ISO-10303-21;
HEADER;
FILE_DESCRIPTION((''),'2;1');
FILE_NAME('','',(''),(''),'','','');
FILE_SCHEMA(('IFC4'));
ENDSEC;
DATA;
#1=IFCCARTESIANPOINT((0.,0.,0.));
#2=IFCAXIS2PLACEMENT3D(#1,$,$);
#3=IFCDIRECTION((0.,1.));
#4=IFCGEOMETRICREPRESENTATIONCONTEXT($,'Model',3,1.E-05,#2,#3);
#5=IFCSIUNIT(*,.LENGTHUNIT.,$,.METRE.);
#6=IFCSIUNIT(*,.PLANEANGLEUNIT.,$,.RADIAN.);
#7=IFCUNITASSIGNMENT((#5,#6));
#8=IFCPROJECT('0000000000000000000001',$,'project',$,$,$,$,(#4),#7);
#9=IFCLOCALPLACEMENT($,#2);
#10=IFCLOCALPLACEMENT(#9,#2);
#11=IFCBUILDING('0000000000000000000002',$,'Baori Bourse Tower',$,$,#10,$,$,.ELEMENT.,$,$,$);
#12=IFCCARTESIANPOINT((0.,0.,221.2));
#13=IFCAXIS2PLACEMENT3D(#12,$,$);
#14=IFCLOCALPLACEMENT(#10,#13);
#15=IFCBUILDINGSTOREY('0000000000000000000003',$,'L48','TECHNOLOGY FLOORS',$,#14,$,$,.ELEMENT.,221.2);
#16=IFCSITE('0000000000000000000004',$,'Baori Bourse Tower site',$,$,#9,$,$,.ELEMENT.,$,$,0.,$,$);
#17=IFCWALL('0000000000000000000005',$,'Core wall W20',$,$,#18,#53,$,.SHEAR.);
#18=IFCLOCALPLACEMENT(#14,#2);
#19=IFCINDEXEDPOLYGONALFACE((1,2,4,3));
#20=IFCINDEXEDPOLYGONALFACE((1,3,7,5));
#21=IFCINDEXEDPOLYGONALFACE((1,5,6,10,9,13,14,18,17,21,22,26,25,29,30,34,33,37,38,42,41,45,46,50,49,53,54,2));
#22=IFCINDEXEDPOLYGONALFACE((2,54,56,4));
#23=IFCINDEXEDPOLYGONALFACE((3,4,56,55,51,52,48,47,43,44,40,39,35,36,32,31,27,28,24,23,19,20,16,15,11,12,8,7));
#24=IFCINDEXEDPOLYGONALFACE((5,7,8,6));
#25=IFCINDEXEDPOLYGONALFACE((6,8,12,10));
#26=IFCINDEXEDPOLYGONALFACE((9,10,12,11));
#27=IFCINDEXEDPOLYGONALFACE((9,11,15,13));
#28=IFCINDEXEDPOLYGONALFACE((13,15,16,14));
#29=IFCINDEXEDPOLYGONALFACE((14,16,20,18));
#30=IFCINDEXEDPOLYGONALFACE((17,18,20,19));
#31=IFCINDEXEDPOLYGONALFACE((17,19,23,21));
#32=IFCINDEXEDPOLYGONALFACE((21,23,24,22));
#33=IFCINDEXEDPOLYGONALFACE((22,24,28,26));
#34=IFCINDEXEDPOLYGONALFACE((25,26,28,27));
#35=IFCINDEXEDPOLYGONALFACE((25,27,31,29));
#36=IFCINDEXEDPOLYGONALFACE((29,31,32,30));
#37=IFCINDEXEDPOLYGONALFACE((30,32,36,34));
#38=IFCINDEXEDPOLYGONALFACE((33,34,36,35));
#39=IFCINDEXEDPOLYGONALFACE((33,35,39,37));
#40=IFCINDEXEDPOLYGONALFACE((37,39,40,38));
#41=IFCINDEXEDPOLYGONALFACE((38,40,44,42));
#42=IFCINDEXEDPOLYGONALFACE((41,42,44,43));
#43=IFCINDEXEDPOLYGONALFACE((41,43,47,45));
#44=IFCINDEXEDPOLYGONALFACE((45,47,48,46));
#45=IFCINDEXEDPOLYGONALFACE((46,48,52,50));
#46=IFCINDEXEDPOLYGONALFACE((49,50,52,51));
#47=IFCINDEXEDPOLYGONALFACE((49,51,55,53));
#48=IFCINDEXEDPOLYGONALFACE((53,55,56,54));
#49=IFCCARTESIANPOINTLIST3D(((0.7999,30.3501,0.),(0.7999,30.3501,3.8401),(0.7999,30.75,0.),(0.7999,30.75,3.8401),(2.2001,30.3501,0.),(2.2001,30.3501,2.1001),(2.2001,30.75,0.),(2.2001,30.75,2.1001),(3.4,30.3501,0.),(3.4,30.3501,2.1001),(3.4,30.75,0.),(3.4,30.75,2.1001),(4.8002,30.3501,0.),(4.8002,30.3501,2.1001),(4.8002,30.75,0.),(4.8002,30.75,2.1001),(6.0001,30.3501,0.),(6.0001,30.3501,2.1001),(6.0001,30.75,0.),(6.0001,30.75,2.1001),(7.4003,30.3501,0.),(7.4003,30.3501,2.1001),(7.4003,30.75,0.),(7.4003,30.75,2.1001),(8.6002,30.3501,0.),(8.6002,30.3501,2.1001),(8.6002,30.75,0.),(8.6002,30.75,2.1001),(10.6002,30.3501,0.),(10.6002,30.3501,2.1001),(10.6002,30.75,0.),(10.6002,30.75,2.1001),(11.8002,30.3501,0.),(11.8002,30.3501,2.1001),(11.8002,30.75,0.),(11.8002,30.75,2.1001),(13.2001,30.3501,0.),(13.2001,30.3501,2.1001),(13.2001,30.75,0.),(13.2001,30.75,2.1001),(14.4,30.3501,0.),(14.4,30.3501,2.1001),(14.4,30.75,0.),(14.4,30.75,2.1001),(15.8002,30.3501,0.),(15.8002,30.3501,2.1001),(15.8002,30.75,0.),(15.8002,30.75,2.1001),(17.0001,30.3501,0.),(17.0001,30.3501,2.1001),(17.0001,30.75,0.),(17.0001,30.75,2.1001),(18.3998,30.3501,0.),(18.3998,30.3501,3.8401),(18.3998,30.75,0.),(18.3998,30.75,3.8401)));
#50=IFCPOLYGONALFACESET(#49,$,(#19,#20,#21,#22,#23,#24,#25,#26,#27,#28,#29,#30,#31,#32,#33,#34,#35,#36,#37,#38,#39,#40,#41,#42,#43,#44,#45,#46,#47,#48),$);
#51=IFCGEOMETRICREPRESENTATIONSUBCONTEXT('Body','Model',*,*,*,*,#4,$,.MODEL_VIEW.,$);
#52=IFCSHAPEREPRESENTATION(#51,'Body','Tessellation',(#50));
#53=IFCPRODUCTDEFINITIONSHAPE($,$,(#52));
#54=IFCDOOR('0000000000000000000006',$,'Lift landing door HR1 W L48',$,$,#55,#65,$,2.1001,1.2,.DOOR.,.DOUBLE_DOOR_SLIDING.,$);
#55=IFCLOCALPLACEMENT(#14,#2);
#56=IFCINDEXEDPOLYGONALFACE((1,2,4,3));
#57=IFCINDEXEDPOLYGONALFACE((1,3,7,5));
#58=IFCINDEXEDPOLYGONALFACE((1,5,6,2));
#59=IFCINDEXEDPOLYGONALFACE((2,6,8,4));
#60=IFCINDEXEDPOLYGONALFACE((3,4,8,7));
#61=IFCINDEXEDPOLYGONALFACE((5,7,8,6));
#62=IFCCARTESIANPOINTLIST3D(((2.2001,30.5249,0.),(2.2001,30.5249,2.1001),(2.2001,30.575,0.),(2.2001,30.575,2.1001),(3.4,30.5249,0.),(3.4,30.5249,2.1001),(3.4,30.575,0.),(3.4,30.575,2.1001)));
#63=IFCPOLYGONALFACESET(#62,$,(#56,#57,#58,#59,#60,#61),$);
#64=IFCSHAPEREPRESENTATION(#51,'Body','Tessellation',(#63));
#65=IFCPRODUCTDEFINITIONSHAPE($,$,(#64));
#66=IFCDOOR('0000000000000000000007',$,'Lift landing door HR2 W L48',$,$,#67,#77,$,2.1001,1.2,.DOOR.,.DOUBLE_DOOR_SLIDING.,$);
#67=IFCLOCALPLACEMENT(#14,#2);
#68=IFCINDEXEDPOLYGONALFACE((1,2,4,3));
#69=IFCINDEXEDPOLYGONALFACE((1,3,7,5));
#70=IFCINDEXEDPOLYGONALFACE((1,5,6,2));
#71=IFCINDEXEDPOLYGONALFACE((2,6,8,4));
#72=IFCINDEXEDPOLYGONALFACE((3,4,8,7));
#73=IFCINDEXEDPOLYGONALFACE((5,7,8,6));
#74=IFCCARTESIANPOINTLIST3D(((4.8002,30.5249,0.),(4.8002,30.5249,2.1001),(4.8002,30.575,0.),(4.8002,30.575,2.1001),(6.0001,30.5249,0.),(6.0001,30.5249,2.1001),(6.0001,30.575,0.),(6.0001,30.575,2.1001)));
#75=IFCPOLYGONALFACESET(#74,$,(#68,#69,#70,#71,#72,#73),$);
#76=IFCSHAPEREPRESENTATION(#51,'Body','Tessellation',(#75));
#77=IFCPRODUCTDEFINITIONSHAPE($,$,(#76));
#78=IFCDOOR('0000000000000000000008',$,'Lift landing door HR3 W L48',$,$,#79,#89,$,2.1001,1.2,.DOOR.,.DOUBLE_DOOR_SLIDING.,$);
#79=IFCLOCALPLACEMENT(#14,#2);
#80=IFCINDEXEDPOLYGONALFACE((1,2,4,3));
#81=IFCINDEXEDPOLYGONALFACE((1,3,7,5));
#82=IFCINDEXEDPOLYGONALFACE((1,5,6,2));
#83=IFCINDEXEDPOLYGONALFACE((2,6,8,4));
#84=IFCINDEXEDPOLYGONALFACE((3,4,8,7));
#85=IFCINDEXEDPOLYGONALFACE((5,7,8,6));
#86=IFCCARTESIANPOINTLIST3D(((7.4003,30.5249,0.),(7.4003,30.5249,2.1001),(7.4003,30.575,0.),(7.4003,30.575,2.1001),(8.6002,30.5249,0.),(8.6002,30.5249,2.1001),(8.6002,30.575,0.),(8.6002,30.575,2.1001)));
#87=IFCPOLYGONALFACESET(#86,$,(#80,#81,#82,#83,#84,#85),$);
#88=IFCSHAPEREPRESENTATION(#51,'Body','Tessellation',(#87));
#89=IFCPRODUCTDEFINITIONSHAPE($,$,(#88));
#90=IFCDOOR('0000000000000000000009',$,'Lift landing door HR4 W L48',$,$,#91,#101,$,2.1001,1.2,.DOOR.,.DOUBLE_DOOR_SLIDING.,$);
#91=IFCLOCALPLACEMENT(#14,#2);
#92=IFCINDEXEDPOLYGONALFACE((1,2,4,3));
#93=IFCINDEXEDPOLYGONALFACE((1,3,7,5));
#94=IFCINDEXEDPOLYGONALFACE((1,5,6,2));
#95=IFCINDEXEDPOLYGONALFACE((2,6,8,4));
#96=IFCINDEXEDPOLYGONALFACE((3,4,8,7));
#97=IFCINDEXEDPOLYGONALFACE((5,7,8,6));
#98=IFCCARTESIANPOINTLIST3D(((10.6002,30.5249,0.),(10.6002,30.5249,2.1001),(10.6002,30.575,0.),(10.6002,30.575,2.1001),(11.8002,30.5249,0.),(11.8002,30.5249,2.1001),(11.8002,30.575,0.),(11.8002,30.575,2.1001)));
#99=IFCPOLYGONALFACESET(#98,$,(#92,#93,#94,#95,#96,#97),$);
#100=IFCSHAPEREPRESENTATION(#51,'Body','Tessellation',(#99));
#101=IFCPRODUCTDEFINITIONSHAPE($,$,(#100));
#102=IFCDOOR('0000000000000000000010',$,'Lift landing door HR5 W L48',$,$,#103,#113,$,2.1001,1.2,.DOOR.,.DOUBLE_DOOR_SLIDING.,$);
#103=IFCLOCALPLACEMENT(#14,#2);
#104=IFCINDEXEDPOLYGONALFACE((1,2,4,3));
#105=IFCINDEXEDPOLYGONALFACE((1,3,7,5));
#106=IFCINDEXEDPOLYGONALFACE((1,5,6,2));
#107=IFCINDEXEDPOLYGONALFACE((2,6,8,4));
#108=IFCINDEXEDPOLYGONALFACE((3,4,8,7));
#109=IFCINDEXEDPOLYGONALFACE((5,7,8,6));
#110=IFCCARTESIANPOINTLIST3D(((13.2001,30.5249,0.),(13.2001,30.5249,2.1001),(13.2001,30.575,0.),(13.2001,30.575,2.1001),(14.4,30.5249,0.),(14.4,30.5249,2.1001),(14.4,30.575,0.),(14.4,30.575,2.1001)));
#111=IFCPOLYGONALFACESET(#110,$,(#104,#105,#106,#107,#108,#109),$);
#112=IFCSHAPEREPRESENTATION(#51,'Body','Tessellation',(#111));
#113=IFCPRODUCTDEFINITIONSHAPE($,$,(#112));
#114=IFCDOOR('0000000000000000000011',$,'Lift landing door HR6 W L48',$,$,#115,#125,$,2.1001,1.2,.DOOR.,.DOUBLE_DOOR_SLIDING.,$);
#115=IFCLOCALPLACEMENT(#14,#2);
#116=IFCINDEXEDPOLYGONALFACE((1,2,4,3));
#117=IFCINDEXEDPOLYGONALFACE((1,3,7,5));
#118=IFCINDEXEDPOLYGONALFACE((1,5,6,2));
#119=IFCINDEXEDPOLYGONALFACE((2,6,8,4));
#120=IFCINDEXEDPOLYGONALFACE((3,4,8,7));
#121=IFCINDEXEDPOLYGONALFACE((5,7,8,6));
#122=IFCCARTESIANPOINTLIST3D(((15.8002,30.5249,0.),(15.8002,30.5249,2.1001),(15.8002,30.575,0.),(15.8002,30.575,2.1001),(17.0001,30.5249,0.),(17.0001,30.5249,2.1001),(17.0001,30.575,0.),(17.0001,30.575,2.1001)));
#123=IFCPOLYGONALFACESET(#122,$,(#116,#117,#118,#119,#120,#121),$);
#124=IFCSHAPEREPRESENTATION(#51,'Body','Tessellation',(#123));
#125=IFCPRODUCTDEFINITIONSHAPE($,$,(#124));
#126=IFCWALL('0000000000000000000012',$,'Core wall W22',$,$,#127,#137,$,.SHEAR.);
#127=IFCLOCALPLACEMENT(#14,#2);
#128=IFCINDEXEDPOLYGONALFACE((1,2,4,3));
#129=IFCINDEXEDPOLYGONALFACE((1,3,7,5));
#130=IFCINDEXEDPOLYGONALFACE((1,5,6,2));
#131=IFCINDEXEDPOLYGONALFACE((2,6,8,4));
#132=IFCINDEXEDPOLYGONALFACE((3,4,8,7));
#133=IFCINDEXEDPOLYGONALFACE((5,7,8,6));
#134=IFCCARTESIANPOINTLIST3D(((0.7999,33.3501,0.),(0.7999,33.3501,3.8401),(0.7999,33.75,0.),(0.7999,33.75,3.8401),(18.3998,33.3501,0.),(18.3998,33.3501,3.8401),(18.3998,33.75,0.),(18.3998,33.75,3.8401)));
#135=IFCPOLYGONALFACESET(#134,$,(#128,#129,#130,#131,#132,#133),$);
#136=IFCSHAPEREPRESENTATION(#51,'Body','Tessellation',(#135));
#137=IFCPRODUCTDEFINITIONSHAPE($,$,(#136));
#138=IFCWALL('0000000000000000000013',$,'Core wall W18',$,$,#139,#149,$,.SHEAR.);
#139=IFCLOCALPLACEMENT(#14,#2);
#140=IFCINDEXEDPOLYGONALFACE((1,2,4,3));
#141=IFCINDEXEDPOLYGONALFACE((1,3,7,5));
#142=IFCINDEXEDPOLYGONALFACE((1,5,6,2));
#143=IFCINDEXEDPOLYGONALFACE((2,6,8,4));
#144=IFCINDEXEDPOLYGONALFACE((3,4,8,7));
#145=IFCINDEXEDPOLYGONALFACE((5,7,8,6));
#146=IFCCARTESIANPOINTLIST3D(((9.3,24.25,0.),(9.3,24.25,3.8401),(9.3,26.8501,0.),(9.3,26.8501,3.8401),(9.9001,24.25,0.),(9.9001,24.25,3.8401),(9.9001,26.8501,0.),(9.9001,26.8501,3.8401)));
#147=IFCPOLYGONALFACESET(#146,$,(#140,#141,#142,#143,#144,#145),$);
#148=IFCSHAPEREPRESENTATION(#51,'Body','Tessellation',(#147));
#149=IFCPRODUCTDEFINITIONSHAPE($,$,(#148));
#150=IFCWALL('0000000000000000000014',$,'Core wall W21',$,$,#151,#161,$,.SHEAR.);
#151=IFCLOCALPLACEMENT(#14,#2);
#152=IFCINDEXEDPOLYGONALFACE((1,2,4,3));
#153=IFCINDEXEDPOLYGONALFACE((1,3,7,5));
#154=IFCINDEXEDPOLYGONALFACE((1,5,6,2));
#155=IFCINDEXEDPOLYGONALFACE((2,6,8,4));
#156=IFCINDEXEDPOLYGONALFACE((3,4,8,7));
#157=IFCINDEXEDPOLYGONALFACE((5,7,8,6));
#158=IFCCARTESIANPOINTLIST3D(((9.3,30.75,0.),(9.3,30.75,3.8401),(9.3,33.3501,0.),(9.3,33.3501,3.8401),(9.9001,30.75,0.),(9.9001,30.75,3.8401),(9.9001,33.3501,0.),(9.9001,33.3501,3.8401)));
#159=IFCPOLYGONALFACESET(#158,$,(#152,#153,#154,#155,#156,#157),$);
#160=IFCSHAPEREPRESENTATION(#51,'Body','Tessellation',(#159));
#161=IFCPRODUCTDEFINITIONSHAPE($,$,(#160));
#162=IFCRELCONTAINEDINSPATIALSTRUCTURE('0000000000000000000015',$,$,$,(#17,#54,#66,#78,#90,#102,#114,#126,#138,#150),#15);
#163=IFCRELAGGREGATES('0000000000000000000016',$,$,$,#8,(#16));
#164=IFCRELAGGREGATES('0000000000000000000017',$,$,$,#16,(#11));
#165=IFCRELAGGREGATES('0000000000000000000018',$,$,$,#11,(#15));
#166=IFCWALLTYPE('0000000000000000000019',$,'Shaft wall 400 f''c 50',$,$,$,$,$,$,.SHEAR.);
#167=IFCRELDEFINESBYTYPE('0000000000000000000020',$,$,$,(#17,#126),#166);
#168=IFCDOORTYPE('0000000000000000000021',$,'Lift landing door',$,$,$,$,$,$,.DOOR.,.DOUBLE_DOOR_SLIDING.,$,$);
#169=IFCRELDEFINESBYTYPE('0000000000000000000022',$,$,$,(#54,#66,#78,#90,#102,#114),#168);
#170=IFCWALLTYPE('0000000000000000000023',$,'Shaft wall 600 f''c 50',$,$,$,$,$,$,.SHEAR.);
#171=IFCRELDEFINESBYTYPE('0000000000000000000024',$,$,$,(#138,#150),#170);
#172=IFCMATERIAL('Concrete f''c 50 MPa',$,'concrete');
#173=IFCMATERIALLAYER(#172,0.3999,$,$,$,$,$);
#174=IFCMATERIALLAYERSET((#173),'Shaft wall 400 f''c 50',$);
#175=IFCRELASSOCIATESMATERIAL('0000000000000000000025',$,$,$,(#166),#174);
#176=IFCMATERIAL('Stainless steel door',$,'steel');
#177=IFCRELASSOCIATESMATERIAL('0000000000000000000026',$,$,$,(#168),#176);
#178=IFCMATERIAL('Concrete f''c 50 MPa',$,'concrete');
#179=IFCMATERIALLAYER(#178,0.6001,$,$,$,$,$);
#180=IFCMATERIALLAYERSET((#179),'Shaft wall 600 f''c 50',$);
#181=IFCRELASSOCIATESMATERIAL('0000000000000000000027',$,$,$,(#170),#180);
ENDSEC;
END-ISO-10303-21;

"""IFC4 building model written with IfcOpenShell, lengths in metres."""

from ifc_helpers import new_model, si_unit, direction, frame, frame_2d, origin, place, context, subcontext, project, spatial, rectangle, extrude, material, layer, layer_set, type_object, element, fill, save


model = new_model("IFC4")

# Units and contexts
model_context = context("Model", 3, precision=1e-05, world=origin(), true_north=direction((0.0, 1.0)))
body_context = subcontext(model_context, "Body", "Model", "MODEL_VIEW")
ifc_project = project(units=[si_unit("LENGTHUNIT", "METRE"), si_unit("PLANEANGLEUNIT", "RADIAN")], contexts=[model_context])

# Site, building, storey
site_placement = place(None, origin())
site = spatial("IfcSite", under=ifc_project, at=site_placement, Name="Baori Bourse Tower site", CompositionType="ELEMENT", RefElevation=0.0)
building_placement = place(site_placement, origin())
building = spatial("IfcBuilding", under=site, at=building_placement, Name="Baori Bourse Tower", CompositionType="ELEMENT")
storey_placement = place(building_placement, frame((0.0, 0.0, 221.2)))
storey = spatial("IfcBuildingStorey", under=building, at=storey_placement, Name="L48", Description="TECHNOLOGY FLOORS", CompositionType="ELEMENT", Elevation=221.2)

# Wall, openings, doors
ifc_material_1 = material(Name="Concrete f'c 50 MPa", Category="concrete")
ifc_layer_1 = layer(ifc_material_1, 0.3999)
ifc_layer_set_1 = layer_set([ifc_layer_1], Name="Shaft wall 400 f'c 50")
wall_type_1 = type_object("IfcWallType", Name="Shaft wall 400 f'c 50", PredefinedType="SHEAR", material=ifc_layer_set_1)
ifc_material_2 = material(Name="Stainless steel door", Category="steel")
door_type_1 = type_object("IfcDoorType", Name="Lift landing door", OperationType="DOUBLE_DOOR_SLIDING", PredefinedType="DOOR", material=ifc_material_2)
wall_1_placement = place(storey_placement, frame((0.8, 30.55, 0.0), z_axis=(0.0, 0.0, 1.0), x_axis=(1.0, 0.0, 0.0)))
wall_1 = element("IfcWall", 1, at=wall_1_placement, inside=storey, type_object=wall_type_1, Name="Core wall W20", PredefinedType="SHEAR", context=body_context, shape_type="SweptSolid", body=[
    extrude(rectangle(XDim=17.5999, YDim=0.3999, at=frame_2d((8.7998, 0.0))), origin(), (0.0, 0.0, 1.0), 3.8401),
])
opening_1_placement = place(wall_1_placement, frame((1.3999, 0.0, 0.0)))
opening_1 = element("IfcOpeningElement", 2, at=opening_1_placement, cuts=wall_1, PredefinedType="OPENING", context=body_context, shape_type="SweptSolid", body=[
    extrude(rectangle(XDim=1.2, YDim=2.1001, at=frame_2d((0.6001, 1.05))), frame((0.0, 0.21, 0.0), z_axis=(0.0, -1.0, 0.0), x_axis=(1.0, 0.0, 0.0)), (0.0, 0.0, 1.0), 0.4199),
])
opening_2_placement = place(wall_1_placement, frame((4.0, 0.0, 0.0)))
opening_2 = element("IfcOpeningElement", 3, at=opening_2_placement, cuts=wall_1, PredefinedType="OPENING", context=body_context, shape_type="SweptSolid", body=[
    extrude(rectangle(XDim=1.2, YDim=2.1001, at=frame_2d((0.6001, 1.05))), frame((0.0, 0.21, 0.0), z_axis=(0.0, -1.0, 0.0), x_axis=(1.0, 0.0, 0.0)), (0.0, 0.0, 1.0), 0.4199),
])
opening_3_placement = place(wall_1_placement, frame((6.6001, 0.0, 0.0)))
opening_3 = element("IfcOpeningElement", 4, at=opening_3_placement, cuts=wall_1, PredefinedType="OPENING", context=body_context, shape_type="SweptSolid", body=[
    extrude(rectangle(XDim=1.2, YDim=2.1001, at=frame_2d((0.6001, 1.05))), frame((0.0, 0.21, 0.0), z_axis=(0.0, -1.0, 0.0), x_axis=(1.0, 0.0, 0.0)), (0.0, 0.0, 1.0), 0.4199),
])
opening_4_placement = place(wall_1_placement, frame((9.8, 0.0, 0.0)))
opening_4 = element("IfcOpeningElement", 5, at=opening_4_placement, cuts=wall_1, PredefinedType="OPENING", context=body_context, shape_type="SweptSolid", body=[
    extrude(rectangle(XDim=1.2, YDim=2.1001, at=frame_2d((0.6001, 1.05))), frame((0.0, 0.21, 0.0), z_axis=(0.0, -1.0, 0.0), x_axis=(1.0, 0.0, 0.0)), (0.0, 0.0, 1.0), 0.4199),
])
opening_5_placement = place(wall_1_placement, frame((12.3999, 0.0, 0.0)))
opening_5 = element("IfcOpeningElement", 6, at=opening_5_placement, cuts=wall_1, PredefinedType="OPENING", context=body_context, shape_type="SweptSolid", body=[
    extrude(rectangle(XDim=1.2, YDim=2.1001, at=frame_2d((0.6001, 1.05))), frame((0.0, 0.21, 0.0), z_axis=(0.0, -1.0, 0.0), x_axis=(1.0, 0.0, 0.0)), (0.0, 0.0, 1.0), 0.4199),
])
opening_6_placement = place(wall_1_placement, frame((15.0, 0.0, 0.0)))
opening_6 = element("IfcOpeningElement", 7, at=opening_6_placement, cuts=wall_1, PredefinedType="OPENING", context=body_context, shape_type="SweptSolid", body=[
    extrude(rectangle(XDim=1.2, YDim=2.1001, at=frame_2d((0.6001, 1.05))), frame((0.0, 0.21, 0.0), z_axis=(0.0, -1.0, 0.0), x_axis=(1.0, 0.0, 0.0)), (0.0, 0.0, 1.0), 0.4199),
])
door_1_placement = place(opening_1_placement, origin())
door_1 = element("IfcDoor", 8, at=door_1_placement, inside=storey, type_object=door_type_1, Name="Lift landing door HR1 W L48", OperationType="DOUBLE_DOOR_SLIDING", OverallHeight=2.1001, OverallWidth=1.2, PredefinedType="DOOR", context=body_context, shape_type="SweptSolid", body=[
    extrude(rectangle(XDim=1.2, YDim=2.1001, at=frame_2d((0.6001, 1.05))), frame((0.0, 0.0249, 0.0), z_axis=(0.0, -1.0, 0.0), x_axis=(1.0, 0.0, 0.0)), (0.0, 0.0, 1.0), 0.05),
])
fill(opening_1, door_1)
door_2_placement = place(opening_2_placement, origin())
door_2 = element("IfcDoor", 9, at=door_2_placement, inside=storey, type_object=door_type_1, Name="Lift landing door HR2 W L48", OperationType="DOUBLE_DOOR_SLIDING", OverallHeight=2.1001, OverallWidth=1.2, PredefinedType="DOOR", context=body_context, shape_type="SweptSolid", body=[
    extrude(rectangle(XDim=1.2, YDim=2.1001, at=frame_2d((0.6001, 1.05))), frame((0.0, 0.0249, 0.0), z_axis=(0.0, -1.0, 0.0), x_axis=(1.0, 0.0, 0.0)), (0.0, 0.0, 1.0), 0.05),
])
fill(opening_2, door_2)
door_3_placement = place(opening_3_placement, origin())
door_3 = element("IfcDoor", 10, at=door_3_placement, inside=storey, type_object=door_type_1, Name="Lift landing door HR3 W L48", OperationType="DOUBLE_DOOR_SLIDING", OverallHeight=2.1001, OverallWidth=1.2, PredefinedType="DOOR", context=body_context, shape_type="SweptSolid", body=[
    extrude(rectangle(XDim=1.2, YDim=2.1001, at=frame_2d((0.6001, 1.05))), frame((0.0, 0.0249, 0.0), z_axis=(0.0, -1.0, 0.0), x_axis=(1.0, 0.0, 0.0)), (0.0, 0.0, 1.0), 0.05),
])
fill(opening_3, door_3)
door_4_placement = place(opening_4_placement, origin())
door_4 = element("IfcDoor", 11, at=door_4_placement, inside=storey, type_object=door_type_1, Name="Lift landing door HR4 W L48", OperationType="DOUBLE_DOOR_SLIDING", OverallHeight=2.1001, OverallWidth=1.2, PredefinedType="DOOR", context=body_context, shape_type="SweptSolid", body=[
    extrude(rectangle(XDim=1.2, YDim=2.1001, at=frame_2d((0.6001, 1.05))), frame((0.0, 0.0249, 0.0), z_axis=(0.0, -1.0, 0.0), x_axis=(1.0, 0.0, 0.0)), (0.0, 0.0, 1.0), 0.05),
])
fill(opening_4, door_4)
door_5_placement = place(opening_5_placement, origin())
door_5 = element("IfcDoor", 12, at=door_5_placement, inside=storey, type_object=door_type_1, Name="Lift landing door HR5 W L48", OperationType="DOUBLE_DOOR_SLIDING", OverallHeight=2.1001, OverallWidth=1.2, PredefinedType="DOOR", context=body_context, shape_type="SweptSolid", body=[
    extrude(rectangle(XDim=1.2, YDim=2.1001, at=frame_2d((0.6001, 1.05))), frame((0.0, 0.0249, 0.0), z_axis=(0.0, -1.0, 0.0), x_axis=(1.0, 0.0, 0.0)), (0.0, 0.0, 1.0), 0.05),
])
fill(opening_5, door_5)
door_6_placement = place(opening_6_placement, origin())
door_6 = element("IfcDoor", 13, at=door_6_placement, inside=storey, type_object=door_type_1, Name="Lift landing door HR6 W L48", OperationType="DOUBLE_DOOR_SLIDING", OverallHeight=2.1001, OverallWidth=1.2, PredefinedType="DOOR", context=body_context, shape_type="SweptSolid", body=[
    extrude(rectangle(XDim=1.2, YDim=2.1001, at=frame_2d((0.6001, 1.05))), frame((0.0, 0.0249, 0.0), z_axis=(0.0, -1.0, 0.0), x_axis=(1.0, 0.0, 0.0)), (0.0, 0.0, 1.0), 0.05),
])
fill(opening_6, door_6)

# Walls
wall_2_placement = place(storey_placement, frame((0.8, 33.55, 0.0), z_axis=(0.0, 0.0, 1.0), x_axis=(1.0, 0.0, 0.0)))
element("IfcWall", 14, at=wall_2_placement, inside=storey, type_object=wall_type_1, Name="Core wall W22", PredefinedType="SHEAR", context=body_context, shape_type="SweptSolid", body=[
    extrude(rectangle(XDim=17.5999, YDim=0.3999, at=frame_2d((8.7998, 0.0))), origin(), (0.0, 0.0, 1.0), 3.8401),
])
ifc_material_3 = material(Name="Concrete f'c 50 MPa", Category="concrete")
ifc_layer_2 = layer(ifc_material_3, 0.6001)
ifc_layer_set_2 = layer_set([ifc_layer_2], Name="Shaft wall 600 f'c 50")
wall_type_2 = type_object("IfcWallType", Name="Shaft wall 600 f'c 50", PredefinedType="SHEAR", material=ifc_layer_set_2)
for number, where, z_axis, x_axis, name in (
    (15, (9.6001, 24.25, 0.0), (0.0, 0.0, 1.0), (0.0, 1.0, 0.0), "Core wall W18"),
    (16, (9.6001, 30.75, 0.0), (0.0, 0.0, 1.0), (0.0, 1.0, 0.0), "Core wall W21"),
):
    element("IfcWall", number, at=place(storey_placement, frame(where, z_axis=z_axis, x_axis=x_axis)), inside=storey, type_object=wall_type_2, Name=name, PredefinedType="SHEAR", context=body_context, shape_type="SweptSolid", body=[
        extrude(rectangle(XDim=2.6001, YDim=0.6001, at=frame_2d((1.3, 0.0))), origin(), (0.0, 0.0, 1.0), 3.8401),
    ])

save(model, "model.ifc")
